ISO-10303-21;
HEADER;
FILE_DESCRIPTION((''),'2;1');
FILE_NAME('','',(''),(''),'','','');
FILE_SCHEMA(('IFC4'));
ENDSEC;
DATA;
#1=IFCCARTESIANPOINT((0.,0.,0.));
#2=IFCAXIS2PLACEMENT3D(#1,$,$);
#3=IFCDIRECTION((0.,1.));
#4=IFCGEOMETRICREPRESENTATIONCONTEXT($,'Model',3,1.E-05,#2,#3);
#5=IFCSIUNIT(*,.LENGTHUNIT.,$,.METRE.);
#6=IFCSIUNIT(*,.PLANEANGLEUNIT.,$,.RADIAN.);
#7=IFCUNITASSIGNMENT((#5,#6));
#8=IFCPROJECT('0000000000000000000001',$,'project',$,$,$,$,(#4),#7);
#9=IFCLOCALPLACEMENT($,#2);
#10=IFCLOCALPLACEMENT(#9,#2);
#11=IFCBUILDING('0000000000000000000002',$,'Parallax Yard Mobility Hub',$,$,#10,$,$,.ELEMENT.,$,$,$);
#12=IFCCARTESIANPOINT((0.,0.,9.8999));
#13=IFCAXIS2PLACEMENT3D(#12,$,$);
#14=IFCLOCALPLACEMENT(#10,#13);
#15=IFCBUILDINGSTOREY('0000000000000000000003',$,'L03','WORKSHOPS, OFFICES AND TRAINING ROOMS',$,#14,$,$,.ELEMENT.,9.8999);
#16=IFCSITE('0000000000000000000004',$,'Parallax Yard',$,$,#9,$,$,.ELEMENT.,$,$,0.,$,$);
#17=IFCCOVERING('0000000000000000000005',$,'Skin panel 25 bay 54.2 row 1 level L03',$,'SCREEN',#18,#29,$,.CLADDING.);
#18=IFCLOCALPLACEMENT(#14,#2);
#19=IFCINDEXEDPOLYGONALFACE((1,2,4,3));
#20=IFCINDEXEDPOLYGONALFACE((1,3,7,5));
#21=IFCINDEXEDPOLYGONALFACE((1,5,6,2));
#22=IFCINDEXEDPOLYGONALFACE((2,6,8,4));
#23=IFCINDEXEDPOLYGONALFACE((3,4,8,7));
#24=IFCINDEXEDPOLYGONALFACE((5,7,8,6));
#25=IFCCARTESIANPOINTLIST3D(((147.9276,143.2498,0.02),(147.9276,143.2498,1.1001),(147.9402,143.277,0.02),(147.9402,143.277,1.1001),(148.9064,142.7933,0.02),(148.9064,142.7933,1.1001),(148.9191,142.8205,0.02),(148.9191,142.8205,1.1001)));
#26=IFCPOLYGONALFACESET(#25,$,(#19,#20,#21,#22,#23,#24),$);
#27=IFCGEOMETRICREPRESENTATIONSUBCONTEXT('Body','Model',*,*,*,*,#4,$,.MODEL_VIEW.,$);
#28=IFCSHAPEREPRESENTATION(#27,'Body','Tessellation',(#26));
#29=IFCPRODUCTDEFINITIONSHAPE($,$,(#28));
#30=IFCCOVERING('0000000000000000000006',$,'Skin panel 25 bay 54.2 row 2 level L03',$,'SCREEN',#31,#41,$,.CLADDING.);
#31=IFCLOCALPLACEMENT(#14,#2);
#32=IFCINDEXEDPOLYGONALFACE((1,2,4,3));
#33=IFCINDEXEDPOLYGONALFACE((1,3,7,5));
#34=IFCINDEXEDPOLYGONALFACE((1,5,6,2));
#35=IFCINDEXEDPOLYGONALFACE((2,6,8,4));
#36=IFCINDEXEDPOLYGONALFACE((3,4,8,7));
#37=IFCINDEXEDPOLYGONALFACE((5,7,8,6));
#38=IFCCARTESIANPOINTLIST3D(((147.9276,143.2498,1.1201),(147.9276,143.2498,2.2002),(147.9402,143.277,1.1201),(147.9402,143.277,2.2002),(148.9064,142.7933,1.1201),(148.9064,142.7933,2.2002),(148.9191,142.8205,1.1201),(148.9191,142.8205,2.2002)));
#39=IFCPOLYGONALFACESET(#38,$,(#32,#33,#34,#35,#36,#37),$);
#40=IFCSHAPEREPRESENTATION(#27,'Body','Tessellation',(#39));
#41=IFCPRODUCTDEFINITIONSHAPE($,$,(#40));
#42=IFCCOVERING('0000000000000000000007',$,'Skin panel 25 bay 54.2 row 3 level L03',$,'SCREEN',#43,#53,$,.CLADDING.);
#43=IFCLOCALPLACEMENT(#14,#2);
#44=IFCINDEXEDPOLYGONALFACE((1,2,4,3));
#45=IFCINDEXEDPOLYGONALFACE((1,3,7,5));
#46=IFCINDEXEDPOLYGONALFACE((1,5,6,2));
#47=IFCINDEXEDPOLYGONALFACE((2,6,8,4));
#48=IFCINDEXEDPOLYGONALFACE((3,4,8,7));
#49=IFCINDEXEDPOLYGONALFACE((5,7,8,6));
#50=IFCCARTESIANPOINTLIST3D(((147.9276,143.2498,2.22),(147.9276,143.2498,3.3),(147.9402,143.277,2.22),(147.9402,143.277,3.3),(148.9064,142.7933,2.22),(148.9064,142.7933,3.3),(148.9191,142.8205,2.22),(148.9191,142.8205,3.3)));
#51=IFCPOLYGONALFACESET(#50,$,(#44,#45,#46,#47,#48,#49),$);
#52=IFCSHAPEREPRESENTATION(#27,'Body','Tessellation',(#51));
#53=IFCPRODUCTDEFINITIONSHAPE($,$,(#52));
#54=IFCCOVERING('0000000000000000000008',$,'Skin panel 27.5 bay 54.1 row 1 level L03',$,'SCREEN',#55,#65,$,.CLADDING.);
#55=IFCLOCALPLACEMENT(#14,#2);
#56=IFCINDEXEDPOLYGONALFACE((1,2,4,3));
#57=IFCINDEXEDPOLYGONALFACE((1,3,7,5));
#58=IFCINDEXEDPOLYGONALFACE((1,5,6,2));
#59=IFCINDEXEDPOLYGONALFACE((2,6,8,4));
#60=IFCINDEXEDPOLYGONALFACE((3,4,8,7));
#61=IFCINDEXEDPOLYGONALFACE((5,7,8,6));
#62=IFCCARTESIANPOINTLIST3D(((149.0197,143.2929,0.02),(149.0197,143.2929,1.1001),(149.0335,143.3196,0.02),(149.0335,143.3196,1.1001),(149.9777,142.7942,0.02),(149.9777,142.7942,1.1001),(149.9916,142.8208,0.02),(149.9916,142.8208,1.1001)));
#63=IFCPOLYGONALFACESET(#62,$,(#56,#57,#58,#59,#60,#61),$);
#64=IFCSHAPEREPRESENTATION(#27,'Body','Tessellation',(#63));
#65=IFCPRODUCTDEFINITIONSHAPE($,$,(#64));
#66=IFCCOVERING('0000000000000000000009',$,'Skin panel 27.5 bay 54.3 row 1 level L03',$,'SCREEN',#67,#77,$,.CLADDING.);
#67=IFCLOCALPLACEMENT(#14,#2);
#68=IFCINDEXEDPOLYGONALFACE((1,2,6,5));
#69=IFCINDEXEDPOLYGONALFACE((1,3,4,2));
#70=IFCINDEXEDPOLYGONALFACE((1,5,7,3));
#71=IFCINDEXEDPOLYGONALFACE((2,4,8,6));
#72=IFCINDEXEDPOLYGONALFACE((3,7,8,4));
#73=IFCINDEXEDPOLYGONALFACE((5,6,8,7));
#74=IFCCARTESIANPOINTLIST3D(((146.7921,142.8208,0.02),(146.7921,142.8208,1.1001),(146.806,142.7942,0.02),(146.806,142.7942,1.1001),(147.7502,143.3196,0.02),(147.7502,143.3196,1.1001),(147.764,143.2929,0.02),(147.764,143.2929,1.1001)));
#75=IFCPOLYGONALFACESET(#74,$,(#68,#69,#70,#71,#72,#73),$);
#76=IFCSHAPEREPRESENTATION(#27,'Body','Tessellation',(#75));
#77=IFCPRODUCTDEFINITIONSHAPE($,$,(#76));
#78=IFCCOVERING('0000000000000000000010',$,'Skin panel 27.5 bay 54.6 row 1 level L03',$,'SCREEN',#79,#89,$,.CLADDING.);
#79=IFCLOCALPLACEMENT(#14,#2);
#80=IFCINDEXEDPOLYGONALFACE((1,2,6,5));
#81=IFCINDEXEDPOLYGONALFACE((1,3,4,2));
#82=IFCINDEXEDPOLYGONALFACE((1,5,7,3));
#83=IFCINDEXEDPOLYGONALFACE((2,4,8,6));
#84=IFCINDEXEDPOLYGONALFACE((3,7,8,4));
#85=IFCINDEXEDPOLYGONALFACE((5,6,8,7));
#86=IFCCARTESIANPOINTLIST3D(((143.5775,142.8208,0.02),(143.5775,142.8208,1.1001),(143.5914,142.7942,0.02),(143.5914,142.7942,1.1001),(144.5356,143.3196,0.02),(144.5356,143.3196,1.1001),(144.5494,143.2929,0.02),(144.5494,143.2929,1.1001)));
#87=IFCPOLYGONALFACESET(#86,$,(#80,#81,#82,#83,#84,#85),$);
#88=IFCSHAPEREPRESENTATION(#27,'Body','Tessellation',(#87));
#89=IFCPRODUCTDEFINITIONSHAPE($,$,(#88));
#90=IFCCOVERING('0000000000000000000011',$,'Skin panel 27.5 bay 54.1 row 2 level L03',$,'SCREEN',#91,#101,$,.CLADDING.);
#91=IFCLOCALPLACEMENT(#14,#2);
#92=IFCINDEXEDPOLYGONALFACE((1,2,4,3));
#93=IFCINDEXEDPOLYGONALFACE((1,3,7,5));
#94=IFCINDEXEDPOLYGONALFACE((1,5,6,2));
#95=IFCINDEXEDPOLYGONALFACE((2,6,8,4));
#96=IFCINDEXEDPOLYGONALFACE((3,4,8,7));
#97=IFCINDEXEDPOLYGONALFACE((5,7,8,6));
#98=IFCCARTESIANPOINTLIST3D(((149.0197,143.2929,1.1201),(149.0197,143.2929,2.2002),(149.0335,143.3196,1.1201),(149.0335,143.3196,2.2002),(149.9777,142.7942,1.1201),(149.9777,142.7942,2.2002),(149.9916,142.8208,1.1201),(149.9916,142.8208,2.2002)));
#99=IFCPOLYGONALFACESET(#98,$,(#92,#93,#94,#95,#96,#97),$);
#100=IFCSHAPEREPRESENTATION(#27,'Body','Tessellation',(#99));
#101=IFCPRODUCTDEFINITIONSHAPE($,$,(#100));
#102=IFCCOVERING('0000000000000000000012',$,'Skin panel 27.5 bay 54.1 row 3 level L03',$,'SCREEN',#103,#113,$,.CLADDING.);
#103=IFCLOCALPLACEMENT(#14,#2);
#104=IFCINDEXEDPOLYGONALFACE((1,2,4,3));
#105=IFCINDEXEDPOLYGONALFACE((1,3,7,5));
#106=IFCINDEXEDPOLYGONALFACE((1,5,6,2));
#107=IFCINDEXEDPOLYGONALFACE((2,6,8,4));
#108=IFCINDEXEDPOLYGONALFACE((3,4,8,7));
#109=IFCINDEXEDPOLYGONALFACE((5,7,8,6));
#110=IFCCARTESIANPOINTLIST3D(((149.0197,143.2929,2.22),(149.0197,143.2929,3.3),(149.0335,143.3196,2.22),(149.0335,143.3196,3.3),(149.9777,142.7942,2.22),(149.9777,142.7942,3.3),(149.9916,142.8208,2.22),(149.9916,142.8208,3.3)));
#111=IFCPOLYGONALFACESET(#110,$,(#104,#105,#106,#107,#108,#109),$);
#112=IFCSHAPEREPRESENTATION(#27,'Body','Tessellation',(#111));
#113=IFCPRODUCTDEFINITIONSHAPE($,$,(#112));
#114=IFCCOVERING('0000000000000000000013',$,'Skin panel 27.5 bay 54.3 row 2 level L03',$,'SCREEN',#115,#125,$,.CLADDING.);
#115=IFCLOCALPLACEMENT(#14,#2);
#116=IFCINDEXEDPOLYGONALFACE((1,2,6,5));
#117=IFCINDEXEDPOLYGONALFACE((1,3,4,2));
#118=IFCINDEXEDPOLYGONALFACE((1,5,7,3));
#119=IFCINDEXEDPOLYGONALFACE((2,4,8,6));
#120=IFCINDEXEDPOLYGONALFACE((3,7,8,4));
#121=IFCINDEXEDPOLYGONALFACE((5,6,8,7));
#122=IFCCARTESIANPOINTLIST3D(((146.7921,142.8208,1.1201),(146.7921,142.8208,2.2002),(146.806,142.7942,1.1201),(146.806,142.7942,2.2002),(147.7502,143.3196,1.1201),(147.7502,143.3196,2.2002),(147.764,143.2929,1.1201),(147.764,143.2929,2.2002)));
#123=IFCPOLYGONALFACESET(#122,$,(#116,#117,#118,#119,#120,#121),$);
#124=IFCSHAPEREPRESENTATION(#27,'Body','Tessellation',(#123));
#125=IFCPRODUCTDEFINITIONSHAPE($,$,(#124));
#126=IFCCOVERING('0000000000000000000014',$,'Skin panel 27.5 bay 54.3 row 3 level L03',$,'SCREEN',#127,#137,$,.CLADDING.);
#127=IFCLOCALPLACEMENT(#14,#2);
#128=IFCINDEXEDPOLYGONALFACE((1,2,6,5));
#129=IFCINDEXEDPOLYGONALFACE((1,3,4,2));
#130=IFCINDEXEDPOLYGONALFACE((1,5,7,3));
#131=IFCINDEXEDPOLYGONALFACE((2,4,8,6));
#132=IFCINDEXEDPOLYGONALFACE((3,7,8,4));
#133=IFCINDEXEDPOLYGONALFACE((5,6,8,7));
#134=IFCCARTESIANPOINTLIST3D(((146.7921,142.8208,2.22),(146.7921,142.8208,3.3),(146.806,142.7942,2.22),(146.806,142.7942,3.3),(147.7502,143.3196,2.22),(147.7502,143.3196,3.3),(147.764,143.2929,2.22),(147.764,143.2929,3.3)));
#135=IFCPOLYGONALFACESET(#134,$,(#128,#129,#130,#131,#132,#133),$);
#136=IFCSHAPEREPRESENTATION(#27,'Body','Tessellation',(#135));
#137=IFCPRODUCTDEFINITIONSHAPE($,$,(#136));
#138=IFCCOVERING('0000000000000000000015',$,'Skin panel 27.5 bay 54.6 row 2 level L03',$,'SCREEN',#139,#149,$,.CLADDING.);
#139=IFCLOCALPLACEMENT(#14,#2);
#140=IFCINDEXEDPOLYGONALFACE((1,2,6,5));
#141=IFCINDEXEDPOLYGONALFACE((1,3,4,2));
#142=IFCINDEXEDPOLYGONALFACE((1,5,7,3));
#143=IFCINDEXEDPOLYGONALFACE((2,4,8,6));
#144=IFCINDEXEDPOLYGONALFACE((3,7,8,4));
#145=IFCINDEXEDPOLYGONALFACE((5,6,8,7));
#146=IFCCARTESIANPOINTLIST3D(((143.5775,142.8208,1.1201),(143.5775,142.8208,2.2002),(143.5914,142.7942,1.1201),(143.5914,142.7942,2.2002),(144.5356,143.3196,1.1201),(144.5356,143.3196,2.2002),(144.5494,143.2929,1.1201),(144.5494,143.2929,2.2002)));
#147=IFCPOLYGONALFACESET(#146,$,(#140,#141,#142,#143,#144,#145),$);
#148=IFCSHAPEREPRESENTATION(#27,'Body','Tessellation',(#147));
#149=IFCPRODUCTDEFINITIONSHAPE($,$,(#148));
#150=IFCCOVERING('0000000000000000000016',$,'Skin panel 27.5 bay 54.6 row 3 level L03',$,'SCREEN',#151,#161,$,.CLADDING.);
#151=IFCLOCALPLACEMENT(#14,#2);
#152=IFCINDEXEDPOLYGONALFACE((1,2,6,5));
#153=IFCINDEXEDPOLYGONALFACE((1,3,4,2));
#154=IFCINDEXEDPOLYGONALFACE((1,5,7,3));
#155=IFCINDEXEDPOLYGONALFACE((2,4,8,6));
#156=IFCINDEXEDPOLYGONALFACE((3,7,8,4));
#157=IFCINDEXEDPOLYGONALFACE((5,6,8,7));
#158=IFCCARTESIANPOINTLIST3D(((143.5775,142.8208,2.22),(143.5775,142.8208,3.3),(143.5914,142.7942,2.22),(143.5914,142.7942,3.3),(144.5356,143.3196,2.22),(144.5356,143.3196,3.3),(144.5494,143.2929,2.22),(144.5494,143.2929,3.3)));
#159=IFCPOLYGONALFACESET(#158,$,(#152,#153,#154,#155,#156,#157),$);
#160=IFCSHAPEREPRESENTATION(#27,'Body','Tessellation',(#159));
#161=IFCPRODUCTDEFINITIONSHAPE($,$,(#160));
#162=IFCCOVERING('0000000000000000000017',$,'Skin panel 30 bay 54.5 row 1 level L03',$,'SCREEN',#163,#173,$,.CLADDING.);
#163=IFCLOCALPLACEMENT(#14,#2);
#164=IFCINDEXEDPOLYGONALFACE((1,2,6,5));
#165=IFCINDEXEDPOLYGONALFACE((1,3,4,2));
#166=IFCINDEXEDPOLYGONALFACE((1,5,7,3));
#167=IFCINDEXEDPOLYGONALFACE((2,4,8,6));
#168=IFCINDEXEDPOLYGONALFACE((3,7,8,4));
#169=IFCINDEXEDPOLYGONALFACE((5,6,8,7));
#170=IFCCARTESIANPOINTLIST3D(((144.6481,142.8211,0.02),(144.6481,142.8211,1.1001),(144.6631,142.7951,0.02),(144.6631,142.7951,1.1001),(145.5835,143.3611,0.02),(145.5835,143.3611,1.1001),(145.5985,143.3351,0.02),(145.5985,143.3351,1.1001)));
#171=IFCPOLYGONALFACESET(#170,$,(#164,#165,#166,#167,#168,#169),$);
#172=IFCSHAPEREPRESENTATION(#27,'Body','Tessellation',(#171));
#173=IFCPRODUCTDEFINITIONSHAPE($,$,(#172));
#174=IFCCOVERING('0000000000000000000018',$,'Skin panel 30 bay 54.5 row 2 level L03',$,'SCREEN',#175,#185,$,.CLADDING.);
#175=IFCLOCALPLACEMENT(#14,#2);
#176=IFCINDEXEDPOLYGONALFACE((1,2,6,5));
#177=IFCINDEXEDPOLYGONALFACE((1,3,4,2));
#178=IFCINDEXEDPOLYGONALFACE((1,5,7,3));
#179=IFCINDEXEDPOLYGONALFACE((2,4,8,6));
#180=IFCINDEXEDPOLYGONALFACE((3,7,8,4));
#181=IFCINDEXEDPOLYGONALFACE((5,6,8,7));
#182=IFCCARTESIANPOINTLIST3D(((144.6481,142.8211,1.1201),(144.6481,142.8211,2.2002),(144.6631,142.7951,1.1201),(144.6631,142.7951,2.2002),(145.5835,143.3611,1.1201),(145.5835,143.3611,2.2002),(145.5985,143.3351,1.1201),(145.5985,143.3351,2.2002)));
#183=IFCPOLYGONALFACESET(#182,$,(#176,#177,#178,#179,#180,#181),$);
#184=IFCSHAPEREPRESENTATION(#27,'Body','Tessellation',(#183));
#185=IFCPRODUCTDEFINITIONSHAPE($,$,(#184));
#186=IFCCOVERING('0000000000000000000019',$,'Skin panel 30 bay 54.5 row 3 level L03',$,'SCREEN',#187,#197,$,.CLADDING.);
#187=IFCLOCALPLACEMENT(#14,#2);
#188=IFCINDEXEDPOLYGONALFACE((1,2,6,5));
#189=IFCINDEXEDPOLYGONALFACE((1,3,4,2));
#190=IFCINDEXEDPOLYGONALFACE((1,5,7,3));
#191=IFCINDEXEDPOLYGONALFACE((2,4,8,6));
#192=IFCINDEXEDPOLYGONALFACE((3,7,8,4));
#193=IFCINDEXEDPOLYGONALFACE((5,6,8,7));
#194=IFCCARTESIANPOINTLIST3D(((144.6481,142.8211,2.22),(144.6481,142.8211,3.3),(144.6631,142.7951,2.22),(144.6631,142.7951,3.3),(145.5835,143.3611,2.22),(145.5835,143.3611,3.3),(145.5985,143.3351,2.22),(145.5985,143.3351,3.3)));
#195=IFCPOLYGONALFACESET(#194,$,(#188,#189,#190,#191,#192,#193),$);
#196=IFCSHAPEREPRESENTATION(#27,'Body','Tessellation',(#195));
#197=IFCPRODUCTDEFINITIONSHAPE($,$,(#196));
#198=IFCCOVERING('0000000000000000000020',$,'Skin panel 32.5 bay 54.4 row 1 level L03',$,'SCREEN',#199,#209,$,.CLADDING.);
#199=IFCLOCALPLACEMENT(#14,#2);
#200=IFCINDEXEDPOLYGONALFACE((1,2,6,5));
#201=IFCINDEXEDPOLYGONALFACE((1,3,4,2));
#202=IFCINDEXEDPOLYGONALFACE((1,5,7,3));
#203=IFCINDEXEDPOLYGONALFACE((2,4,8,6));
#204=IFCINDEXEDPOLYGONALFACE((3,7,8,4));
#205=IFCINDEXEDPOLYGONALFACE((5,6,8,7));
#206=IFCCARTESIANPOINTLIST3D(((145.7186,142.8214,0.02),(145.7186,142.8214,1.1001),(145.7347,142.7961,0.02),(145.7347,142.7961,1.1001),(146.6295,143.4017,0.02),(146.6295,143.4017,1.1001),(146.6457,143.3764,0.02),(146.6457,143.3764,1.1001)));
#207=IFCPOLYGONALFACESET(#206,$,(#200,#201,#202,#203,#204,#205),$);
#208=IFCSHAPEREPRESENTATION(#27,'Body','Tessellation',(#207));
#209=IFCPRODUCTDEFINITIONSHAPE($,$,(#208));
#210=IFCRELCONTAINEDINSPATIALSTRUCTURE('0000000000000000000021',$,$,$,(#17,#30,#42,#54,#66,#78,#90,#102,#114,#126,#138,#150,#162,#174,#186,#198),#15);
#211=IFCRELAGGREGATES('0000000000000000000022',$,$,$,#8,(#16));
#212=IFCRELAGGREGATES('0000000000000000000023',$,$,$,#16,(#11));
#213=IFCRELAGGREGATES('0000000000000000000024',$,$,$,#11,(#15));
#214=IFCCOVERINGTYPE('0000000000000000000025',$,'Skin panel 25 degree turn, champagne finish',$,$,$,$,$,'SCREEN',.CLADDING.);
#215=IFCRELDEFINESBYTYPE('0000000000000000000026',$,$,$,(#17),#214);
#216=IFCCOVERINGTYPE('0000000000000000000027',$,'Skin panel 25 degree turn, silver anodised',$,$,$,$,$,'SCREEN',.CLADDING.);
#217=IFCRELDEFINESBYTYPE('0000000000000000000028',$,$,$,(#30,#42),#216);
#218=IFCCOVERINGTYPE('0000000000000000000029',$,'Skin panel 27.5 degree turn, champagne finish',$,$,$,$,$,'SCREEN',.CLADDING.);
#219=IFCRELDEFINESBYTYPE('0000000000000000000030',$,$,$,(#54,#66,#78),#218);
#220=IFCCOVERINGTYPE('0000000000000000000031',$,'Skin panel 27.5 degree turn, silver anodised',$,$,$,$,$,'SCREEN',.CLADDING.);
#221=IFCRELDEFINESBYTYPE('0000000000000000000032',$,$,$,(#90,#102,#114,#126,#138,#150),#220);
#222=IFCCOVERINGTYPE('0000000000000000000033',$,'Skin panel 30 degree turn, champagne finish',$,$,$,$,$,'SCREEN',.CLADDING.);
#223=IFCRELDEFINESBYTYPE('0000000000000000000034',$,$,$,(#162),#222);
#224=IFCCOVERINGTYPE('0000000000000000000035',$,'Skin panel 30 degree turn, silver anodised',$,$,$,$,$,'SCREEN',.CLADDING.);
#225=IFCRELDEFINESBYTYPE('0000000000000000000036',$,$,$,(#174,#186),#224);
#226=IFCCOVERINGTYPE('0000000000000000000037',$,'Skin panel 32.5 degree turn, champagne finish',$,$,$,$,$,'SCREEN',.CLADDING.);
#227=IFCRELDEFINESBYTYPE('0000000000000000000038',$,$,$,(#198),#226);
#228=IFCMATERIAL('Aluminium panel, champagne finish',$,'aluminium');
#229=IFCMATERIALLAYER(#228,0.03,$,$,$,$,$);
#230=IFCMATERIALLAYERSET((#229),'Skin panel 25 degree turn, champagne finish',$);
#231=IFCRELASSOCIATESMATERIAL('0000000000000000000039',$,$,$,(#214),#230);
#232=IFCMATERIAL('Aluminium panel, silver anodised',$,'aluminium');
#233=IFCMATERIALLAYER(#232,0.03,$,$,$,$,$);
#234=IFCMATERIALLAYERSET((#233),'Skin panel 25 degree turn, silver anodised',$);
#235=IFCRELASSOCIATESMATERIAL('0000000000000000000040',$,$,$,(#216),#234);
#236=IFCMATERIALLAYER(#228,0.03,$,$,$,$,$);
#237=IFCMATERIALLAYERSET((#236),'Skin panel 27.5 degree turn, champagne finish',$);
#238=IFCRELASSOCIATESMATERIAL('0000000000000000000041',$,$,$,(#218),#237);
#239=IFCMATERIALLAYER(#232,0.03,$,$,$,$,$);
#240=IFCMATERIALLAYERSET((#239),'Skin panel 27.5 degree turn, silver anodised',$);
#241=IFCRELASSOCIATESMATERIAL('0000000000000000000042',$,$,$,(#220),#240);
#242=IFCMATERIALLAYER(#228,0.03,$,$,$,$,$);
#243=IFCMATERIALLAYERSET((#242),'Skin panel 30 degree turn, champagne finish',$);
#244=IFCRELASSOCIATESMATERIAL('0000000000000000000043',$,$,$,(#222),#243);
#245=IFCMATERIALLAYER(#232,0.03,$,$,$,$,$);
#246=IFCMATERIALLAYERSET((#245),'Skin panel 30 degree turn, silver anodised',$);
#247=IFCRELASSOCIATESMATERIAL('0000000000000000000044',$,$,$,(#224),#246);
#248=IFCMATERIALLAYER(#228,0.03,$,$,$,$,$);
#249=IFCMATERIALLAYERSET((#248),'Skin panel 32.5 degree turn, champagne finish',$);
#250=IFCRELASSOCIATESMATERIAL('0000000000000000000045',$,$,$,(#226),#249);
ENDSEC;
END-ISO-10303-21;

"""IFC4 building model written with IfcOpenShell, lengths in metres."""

from ifc_helpers import new_model, si_unit, direction, frame, origin, origin_2d, place, context, subcontext, project, spatial, rectangle, extrude, material, layer, layer_set, type_object, element, save


model = new_model("IFC4")

# Units and contexts
model_context = context("Model", 3, precision=1e-05, world=origin(), true_north=direction((0.0, 1.0)))
body_context = subcontext(model_context, "Body", "Model", "MODEL_VIEW")
ifc_project = project(units=[si_unit("LENGTHUNIT", "METRE"), si_unit("PLANEANGLEUNIT", "RADIAN")], contexts=[model_context])

# Site, building, storey
site_placement = place(None, origin())
site = spatial("IfcSite", under=ifc_project, at=site_placement, Name="Parallax Yard", CompositionType="ELEMENT", RefElevation=0.0)
building_placement = place(site_placement, origin())
building = spatial("IfcBuilding", under=site, at=building_placement, Name="Parallax Yard Mobility Hub", CompositionType="ELEMENT")
storey_placement = place(building_placement, frame((0.0, 0.0, 9.8999)))
storey = spatial("IfcBuildingStorey", under=building, at=storey_placement, Name="L03", Description="WORKSHOPS, OFFICES AND TRAINING ROOMS", CompositionType="ELEMENT", Elevation=9.8999)

# Coverings
ifc_material_1 = material(Name="Aluminium panel, champagne finish", Category="aluminium")
ifc_layer_1 = layer(ifc_material_1, 0.03)
ifc_layer_set_1 = layer_set([ifc_layer_1], Name="Skin panel 25 degree turn, champagne finish")
covering_type_1 = type_object("IfcCoveringType", Name="Skin panel 25 degree turn, champagne finish", ElementType="SCREEN", PredefinedType="CLADDING", material=ifc_layer_set_1)
covering_1_placement = place(storey_placement, frame((148.4233, 143.0352, 0.02), z_axis=(0.0, 0.0, 1.0), x_axis=(-0.906308, 0.422618, 0.0)))
element("IfcCovering", 1, at=covering_1_placement, inside=storey, type_object=covering_type_1, Name="Skin panel 25 bay 54.2 row 1 level L03", ObjectType="SCREEN", PredefinedType="CLADDING", context=body_context, shape_type="SweptSolid", body=[
    extrude(rectangle(XDim=1.0801, YDim=0.03, at=origin_2d()), origin(), (0.0, 0.0, 1.0), 1.0801),
])
ifc_material_2 = material(Name="Aluminium panel, silver anodised", Category="aluminium")
ifc_layer_2 = layer(ifc_material_2, 0.03)
ifc_layer_set_2 = layer_set([ifc_layer_2], Name="Skin panel 25 degree turn, silver anodised")
covering_type_2 = type_object("IfcCoveringType", Name="Skin panel 25 degree turn, silver anodised", ElementType="SCREEN", PredefinedType="CLADDING", material=ifc_layer_set_2)
for number, where, z_axis, x_axis, name in (
    (2, (148.4233, 143.0352, 1.1201), (0.0, 0.0, 1.0), (-0.906308, 0.422618, 0.0), "Skin panel 25 bay 54.2 row 2 level L03"),
    (3, (148.4233, 143.0352, 2.22), (0.0, 0.0, 1.0), (-0.906308, 0.422618, 0.0), "Skin panel 25 bay 54.2 row 3 level L03"),
):
    element("IfcCovering", number, at=place(storey_placement, frame(where, z_axis=z_axis, x_axis=x_axis)), inside=storey, type_object=covering_type_2, Name=name, ObjectType="SCREEN", PredefinedType="CLADDING", context=body_context, shape_type="SweptSolid", body=[
        extrude(rectangle(XDim=1.0801, YDim=0.03, at=origin_2d()), origin(), (0.0, 0.0, 1.0), 1.0801),
    ])
ifc_layer_3 = layer(ifc_material_1, 0.03)
ifc_layer_set_3 = layer_set([ifc_layer_3], Name="Skin panel 27.5 degree turn, champagne finish")
covering_type_3 = type_object("IfcCoveringType", Name="Skin panel 27.5 degree turn, champagne finish", ElementType="SCREEN", PredefinedType="CLADDING", material=ifc_layer_set_3)
for number, where, z_axis, x_axis, name in (
    (4, (149.5056, 143.0569, 0.02), (0.0, 0.0, 1.0), (-0.887011, 0.461749, 0.0), "Skin panel 27.5 bay 54.1 row 1 level L03"),
    (5, (147.2781, 143.0569, 0.02), (0.0, 0.0, 1.0), (0.887011, 0.461749, 0.0), "Skin panel 27.5 bay 54.3 row 1 level L03"),
    (6, (144.0635, 143.0569, 0.02), (0.0, 0.0, 1.0), (0.887011, 0.461749, 0.0), "Skin panel 27.5 bay 54.6 row 1 level L03"),
):
    element("IfcCovering", number, at=place(storey_placement, frame(where, z_axis=z_axis, x_axis=x_axis)), inside=storey, type_object=covering_type_3, Name=name, ObjectType="SCREEN", PredefinedType="CLADDING", context=body_context, shape_type="SweptSolid", body=[
        extrude(rectangle(XDim=1.0801, YDim=0.03, at=origin_2d()), origin(), (0.0, 0.0, 1.0), 1.0801),
    ])
ifc_layer_4 = layer(ifc_material_2, 0.03)
ifc_layer_set_4 = layer_set([ifc_layer_4], Name="Skin panel 27.5 degree turn, silver anodised")
covering_type_4 = type_object("IfcCoveringType", Name="Skin panel 27.5 degree turn, silver anodised", ElementType="SCREEN", PredefinedType="CLADDING", material=ifc_layer_set_4)
for number, where, z_axis, x_axis, name in (
    (7, (149.5056, 143.0569, 1.1201), (0.0, 0.0, 1.0), (-0.887011, 0.461749, 0.0), "Skin panel 27.5 bay 54.1 row 2 level L03"),
    (8, (149.5056, 143.0569, 2.22), (0.0, 0.0, 1.0), (-0.887011, 0.461749, 0.0), "Skin panel 27.5 bay 54.1 row 3 level L03"),
    (9, (147.2781, 143.0569, 1.1201), (0.0, 0.0, 1.0), (0.887011, 0.461749, 0.0), "Skin panel 27.5 bay 54.3 row 2 level L03"),
    (10, (147.2781, 143.0569, 2.22), (0.0, 0.0, 1.0), (0.887011, 0.461749, 0.0), "Skin panel 27.5 bay 54.3 row 3 level L03"),
    (11, (144.0635, 143.0569, 1.1201), (0.0, 0.0, 1.0), (0.887011, 0.461749, 0.0), "Skin panel 27.5 bay 54.6 row 2 level L03"),
    (12, (144.0635, 143.0569, 2.22), (0.0, 0.0, 1.0), (0.887011, 0.461749, 0.0), "Skin panel 27.5 bay 54.6 row 3 level L03"),
):
    element("IfcCovering", number, at=place(storey_placement, frame(where, z_axis=z_axis, x_axis=x_axis)), inside=storey, type_object=covering_type_4, Name=name, ObjectType="SCREEN", PredefinedType="CLADDING", context=body_context, shape_type="SweptSolid", body=[
        extrude(rectangle(XDim=1.0801, YDim=0.03, at=origin_2d()), origin(), (0.0, 0.0, 1.0), 1.0801),
    ])
ifc_layer_5 = layer(ifc_material_1, 0.03)
ifc_layer_set_5 = layer_set([ifc_layer_5], Name="Skin panel 30 degree turn, champagne finish")
covering_type_5 = type_object("IfcCoveringType", Name="Skin panel 30 degree turn, champagne finish", ElementType="SCREEN", PredefinedType="CLADDING", material=ifc_layer_set_5)
covering_2_placement = place(storey_placement, frame((145.1233, 143.0781, 0.02), z_axis=(0.0, 0.0, 1.0), x_axis=(0.866025, 0.5, 0.0)))
element("IfcCovering", 13, at=covering_2_placement, inside=storey, type_object=covering_type_5, Name="Skin panel 30 bay 54.5 row 1 level L03", ObjectType="SCREEN", PredefinedType="CLADDING", context=body_context, shape_type="SweptSolid", body=[
    extrude(rectangle(XDim=1.0801, YDim=0.03, at=origin_2d()), origin(), (0.0, 0.0, 1.0), 1.0801),
])
ifc_layer_6 = layer(ifc_material_2, 0.03)
ifc_layer_set_6 = layer_set([ifc_layer_6], Name="Skin panel 30 degree turn, silver anodised")
covering_type_6 = type_object("IfcCoveringType", Name="Skin panel 30 degree turn, silver anodised", ElementType="SCREEN", PredefinedType="CLADDING", material=ifc_layer_set_6)
for number, where, z_axis, x_axis, name in (
    (14, (145.1233, 143.0781, 1.1201), (0.0, 0.0, 1.0), (0.866025, 0.5, 0.0), "Skin panel 30 bay 54.5 row 2 level L03"),
    (15, (145.1233, 143.0781, 2.22), (0.0, 0.0, 1.0), (0.866025, 0.5, 0.0), "Skin panel 30 bay 54.5 row 3 level L03"),
):
    element("IfcCovering", number, at=place(storey_placement, frame(where, z_axis=z_axis, x_axis=x_axis)), inside=storey, type_object=covering_type_6, Name=name, ObjectType="SCREEN", PredefinedType="CLADDING", context=body_context, shape_type="SweptSolid", body=[
        extrude(rectangle(XDim=1.0801, YDim=0.03, at=origin_2d()), origin(), (0.0, 0.0, 1.0), 1.0801),
    ])
ifc_layer_7 = layer(ifc_material_1, 0.03)
ifc_layer_set_7 = layer_set([ifc_layer_7], Name="Skin panel 32.5 degree turn, champagne finish")
covering_type_7 = type_object("IfcCoveringType", Name="Skin panel 32.5 degree turn, champagne finish", ElementType="SCREEN", PredefinedType="CLADDING", material=ifc_layer_set_7)
covering_3_placement = place(storey_placement, frame((146.1821, 143.0989, 0.02), z_axis=(0.0, 0.0, 1.0), x_axis=(0.843391, 0.5373, 0.0)))
element("IfcCovering", 16, at=covering_3_placement, inside=storey, type_object=covering_type_7, Name="Skin panel 32.5 bay 54.4 row 1 level L03", ObjectType="SCREEN", PredefinedType="CLADDING", context=body_context, shape_type="SweptSolid", body=[
    extrude(rectangle(XDim=1.0801, YDim=0.03, at=origin_2d()), origin(), (0.0, 0.0, 1.0), 1.0801),
])

save(model, "model.ifc")
